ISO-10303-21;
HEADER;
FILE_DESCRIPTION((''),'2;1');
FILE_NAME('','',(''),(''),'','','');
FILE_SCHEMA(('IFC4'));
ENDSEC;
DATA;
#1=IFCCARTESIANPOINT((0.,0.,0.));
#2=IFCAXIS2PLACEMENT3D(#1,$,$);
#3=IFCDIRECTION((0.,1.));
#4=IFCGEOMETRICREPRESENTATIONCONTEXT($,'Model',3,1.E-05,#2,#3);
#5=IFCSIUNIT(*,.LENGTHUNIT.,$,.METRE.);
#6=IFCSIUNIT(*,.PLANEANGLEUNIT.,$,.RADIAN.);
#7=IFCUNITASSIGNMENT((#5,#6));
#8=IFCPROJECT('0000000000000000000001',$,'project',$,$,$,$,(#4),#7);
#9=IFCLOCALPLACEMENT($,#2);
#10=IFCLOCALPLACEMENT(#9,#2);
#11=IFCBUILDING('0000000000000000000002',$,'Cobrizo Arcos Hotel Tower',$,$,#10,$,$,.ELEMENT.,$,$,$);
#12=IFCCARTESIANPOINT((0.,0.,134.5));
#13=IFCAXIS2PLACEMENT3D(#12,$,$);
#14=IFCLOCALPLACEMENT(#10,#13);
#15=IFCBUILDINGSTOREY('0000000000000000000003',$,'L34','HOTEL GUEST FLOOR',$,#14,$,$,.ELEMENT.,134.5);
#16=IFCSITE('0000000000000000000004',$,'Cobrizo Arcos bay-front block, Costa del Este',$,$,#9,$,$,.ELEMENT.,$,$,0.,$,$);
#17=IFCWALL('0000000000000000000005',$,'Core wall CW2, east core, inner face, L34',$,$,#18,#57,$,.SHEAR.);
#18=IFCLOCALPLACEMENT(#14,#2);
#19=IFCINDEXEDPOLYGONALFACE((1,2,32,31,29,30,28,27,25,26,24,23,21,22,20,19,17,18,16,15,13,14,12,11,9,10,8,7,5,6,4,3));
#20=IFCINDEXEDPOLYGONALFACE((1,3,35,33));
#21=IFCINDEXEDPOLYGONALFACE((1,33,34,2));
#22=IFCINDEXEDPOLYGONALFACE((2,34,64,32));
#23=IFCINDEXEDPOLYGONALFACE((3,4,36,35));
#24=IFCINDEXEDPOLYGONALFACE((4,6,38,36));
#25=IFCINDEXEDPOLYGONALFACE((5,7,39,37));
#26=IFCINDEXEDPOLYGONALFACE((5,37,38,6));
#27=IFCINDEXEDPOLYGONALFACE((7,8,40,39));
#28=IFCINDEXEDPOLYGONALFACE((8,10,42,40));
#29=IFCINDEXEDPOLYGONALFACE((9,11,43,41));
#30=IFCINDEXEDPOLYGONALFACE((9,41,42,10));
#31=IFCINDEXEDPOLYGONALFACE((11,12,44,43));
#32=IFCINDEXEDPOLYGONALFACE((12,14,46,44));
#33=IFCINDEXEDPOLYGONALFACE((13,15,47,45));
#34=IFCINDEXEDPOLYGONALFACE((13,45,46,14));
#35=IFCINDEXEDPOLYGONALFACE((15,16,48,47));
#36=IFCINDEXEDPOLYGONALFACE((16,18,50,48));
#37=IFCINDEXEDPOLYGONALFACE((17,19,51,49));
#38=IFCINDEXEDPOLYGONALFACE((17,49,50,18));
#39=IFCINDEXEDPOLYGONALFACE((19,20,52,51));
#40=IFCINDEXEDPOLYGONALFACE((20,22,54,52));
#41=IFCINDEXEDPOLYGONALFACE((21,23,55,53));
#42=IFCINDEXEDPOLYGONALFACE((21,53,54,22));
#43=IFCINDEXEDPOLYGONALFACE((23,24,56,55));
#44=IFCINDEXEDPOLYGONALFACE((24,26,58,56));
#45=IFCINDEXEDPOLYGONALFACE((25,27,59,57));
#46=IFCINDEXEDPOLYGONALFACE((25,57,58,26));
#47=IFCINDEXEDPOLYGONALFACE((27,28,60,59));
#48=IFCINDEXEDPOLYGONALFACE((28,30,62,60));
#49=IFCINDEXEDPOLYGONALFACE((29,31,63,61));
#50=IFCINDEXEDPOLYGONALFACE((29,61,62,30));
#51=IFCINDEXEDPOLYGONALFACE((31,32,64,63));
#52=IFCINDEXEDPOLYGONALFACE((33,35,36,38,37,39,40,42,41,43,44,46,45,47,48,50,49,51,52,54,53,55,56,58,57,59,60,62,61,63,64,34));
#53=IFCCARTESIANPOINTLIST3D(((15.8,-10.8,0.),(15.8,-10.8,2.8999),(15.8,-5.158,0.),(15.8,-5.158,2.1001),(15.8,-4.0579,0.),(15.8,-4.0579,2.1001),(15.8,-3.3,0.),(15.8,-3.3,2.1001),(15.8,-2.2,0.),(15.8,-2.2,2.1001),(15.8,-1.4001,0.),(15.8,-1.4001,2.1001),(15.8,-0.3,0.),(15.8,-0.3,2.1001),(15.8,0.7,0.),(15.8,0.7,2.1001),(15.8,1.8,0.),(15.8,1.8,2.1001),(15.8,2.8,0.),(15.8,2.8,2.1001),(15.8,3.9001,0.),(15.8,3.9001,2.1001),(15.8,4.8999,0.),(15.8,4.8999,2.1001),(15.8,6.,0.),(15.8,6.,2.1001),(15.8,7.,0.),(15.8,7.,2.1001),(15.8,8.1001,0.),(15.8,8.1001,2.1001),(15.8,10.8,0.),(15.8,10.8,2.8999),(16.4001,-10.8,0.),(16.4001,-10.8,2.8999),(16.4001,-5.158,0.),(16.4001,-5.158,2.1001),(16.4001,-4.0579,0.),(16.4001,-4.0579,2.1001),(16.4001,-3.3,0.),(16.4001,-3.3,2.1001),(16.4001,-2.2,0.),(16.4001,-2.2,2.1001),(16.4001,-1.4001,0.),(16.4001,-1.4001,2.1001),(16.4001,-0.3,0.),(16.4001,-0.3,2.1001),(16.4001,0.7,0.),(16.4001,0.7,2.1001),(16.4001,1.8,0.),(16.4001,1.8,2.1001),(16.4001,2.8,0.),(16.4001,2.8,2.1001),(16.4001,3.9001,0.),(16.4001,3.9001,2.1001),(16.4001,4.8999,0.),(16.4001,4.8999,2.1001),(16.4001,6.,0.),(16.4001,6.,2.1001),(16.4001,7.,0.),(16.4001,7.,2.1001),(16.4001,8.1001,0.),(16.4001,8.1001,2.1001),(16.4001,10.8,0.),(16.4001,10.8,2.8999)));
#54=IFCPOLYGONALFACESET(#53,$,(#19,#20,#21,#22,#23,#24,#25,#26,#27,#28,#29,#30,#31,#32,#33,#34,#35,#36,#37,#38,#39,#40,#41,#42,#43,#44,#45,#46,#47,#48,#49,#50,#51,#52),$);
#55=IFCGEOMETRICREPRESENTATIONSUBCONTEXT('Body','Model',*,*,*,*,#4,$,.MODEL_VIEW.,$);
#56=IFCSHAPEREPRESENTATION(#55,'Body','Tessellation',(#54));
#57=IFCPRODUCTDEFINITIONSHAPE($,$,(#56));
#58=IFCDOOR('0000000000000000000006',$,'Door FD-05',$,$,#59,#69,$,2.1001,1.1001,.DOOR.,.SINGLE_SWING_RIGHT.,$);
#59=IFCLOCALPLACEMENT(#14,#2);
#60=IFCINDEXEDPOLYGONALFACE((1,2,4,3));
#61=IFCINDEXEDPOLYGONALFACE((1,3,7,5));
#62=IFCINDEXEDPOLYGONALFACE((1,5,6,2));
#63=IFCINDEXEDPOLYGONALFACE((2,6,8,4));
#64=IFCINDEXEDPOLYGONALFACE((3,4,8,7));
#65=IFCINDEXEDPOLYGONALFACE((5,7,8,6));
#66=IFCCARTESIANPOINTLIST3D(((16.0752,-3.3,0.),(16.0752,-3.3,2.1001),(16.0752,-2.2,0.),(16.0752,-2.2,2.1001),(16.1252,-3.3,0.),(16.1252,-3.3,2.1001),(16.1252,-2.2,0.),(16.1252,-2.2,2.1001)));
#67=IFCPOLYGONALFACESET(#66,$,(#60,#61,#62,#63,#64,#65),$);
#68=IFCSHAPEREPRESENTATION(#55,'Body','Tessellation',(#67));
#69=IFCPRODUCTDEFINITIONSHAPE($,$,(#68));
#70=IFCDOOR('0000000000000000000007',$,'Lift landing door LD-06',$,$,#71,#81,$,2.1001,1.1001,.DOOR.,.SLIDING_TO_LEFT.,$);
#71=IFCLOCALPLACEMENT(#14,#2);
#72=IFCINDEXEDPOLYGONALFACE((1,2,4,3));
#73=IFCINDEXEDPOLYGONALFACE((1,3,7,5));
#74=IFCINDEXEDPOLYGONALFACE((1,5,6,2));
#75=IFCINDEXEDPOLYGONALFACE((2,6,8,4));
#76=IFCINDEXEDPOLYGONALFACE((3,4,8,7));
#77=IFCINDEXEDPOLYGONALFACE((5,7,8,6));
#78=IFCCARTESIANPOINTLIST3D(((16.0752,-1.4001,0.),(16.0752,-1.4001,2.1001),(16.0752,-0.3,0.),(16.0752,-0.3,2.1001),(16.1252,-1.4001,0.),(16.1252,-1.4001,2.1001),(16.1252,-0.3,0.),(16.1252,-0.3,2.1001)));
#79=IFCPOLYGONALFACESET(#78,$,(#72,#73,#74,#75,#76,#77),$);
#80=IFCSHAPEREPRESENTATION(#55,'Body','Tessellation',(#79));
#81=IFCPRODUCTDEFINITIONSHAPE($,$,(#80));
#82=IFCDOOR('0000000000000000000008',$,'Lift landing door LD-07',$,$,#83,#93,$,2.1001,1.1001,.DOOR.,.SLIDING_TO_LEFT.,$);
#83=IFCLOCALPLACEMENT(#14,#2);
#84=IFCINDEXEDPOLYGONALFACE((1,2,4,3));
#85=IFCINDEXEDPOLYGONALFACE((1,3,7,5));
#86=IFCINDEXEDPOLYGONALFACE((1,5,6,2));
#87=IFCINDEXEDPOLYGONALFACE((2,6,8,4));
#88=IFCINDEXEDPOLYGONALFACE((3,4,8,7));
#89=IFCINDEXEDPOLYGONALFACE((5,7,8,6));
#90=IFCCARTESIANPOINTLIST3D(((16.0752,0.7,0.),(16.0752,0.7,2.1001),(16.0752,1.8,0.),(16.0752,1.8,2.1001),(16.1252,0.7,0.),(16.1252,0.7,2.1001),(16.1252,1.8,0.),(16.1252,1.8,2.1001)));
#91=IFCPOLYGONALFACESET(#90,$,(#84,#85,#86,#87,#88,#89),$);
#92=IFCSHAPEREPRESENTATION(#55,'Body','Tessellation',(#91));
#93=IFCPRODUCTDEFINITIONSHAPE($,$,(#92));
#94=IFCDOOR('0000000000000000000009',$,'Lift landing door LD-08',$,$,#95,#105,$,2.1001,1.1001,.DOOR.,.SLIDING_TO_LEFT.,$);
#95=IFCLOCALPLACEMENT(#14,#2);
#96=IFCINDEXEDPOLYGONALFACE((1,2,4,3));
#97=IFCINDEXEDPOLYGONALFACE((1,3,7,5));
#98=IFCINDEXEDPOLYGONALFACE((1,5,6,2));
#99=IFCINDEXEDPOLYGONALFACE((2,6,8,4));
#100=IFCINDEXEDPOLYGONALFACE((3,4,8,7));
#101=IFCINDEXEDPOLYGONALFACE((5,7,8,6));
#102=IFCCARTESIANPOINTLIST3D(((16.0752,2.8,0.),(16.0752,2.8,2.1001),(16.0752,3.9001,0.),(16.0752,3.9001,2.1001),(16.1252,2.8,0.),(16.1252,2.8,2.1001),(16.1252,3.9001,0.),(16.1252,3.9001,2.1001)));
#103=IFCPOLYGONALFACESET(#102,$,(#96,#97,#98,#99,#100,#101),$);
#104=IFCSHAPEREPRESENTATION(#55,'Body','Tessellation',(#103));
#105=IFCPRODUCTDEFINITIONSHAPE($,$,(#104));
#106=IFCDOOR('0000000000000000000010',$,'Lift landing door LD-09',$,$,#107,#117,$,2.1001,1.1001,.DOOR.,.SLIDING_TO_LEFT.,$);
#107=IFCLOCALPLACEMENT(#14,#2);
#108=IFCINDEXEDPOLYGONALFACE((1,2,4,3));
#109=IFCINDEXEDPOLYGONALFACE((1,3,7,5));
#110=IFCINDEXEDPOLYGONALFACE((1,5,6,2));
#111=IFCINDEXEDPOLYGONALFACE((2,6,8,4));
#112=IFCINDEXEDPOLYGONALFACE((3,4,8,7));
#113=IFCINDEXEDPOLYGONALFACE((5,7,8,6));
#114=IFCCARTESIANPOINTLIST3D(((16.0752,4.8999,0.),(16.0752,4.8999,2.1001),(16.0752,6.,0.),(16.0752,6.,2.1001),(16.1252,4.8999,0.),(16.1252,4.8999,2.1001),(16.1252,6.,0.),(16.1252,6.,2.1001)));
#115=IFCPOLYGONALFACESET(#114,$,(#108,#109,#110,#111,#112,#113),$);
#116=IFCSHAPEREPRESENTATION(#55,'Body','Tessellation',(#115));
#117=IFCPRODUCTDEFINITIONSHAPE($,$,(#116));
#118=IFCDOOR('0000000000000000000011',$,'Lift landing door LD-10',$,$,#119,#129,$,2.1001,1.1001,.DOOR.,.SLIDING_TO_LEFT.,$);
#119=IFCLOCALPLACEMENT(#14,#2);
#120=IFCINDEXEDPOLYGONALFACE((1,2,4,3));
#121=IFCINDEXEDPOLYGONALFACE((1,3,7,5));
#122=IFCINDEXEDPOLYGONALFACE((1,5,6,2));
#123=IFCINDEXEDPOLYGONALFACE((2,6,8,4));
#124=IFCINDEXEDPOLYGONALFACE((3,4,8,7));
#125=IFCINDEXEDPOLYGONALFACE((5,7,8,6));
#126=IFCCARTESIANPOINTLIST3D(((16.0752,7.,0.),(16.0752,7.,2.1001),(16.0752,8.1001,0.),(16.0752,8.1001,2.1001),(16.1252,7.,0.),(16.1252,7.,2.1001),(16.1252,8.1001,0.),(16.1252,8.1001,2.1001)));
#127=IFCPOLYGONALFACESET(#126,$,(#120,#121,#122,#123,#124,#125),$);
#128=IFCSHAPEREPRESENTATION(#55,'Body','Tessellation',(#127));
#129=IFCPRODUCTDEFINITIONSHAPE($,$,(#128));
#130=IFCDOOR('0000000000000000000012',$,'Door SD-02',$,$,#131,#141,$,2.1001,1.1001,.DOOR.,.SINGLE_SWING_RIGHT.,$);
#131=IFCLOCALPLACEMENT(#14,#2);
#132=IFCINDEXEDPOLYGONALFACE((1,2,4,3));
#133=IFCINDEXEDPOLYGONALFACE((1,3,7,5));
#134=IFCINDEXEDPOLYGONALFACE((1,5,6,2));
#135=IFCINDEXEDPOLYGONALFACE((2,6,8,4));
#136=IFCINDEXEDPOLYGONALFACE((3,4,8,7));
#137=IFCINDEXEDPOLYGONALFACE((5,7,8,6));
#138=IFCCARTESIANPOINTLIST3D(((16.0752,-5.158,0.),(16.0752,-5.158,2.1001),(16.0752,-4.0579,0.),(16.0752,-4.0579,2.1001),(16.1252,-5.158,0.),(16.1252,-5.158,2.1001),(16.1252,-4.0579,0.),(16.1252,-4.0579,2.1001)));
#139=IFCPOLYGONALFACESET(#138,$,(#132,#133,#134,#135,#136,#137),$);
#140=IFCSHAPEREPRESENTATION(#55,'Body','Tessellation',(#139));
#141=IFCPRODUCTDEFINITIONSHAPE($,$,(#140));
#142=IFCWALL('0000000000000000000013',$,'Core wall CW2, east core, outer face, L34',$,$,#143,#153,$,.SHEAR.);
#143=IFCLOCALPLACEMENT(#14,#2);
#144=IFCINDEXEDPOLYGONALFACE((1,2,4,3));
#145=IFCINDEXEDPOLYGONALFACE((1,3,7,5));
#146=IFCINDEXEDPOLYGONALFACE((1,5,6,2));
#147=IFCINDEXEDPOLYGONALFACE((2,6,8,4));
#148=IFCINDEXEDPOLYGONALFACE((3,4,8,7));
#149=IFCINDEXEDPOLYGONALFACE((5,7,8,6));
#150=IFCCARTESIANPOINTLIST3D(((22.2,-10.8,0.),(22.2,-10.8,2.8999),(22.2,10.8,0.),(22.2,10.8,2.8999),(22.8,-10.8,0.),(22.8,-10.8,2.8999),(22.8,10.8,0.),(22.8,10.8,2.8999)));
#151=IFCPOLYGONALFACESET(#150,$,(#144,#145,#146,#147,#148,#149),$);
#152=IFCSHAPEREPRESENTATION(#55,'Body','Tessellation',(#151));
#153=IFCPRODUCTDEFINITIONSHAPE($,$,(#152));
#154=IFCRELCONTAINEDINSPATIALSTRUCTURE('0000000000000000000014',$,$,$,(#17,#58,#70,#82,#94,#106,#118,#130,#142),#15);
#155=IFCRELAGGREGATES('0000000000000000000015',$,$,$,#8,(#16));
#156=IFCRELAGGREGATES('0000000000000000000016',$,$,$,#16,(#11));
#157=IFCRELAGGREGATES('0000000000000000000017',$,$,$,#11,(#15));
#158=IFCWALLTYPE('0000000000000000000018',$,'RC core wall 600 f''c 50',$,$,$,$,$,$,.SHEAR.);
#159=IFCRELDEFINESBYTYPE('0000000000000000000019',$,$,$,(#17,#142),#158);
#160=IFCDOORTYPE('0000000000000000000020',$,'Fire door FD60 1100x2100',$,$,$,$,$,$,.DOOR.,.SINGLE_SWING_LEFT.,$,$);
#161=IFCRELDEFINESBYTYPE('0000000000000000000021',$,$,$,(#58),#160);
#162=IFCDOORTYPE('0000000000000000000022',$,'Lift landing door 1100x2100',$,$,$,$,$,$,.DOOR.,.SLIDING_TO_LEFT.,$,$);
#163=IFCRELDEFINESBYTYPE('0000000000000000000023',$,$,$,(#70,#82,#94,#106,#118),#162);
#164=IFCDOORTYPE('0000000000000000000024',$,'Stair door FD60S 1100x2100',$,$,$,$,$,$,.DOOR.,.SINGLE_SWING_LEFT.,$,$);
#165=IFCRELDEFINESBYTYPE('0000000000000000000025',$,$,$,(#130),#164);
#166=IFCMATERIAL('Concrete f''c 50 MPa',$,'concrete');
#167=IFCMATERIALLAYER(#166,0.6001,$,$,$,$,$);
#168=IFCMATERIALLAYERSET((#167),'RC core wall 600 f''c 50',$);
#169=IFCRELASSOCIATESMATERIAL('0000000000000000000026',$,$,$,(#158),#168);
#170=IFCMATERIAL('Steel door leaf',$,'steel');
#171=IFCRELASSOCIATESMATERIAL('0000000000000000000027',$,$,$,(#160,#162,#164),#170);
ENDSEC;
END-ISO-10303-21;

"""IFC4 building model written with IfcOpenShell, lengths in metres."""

from ifc_helpers import new_model, si_unit, direction, frame, frame_2d, origin, place, context, subcontext, project, spatial, rectangle, extrude, material, layer, layer_set, type_object, element, fill, save


model = new_model("IFC4")

# Units and contexts
model_context = context("Model", 3, precision=1e-05, world=origin(), true_north=direction((0.0, 1.0)))
body_context = subcontext(model_context, "Body", "Model", "MODEL_VIEW")
ifc_project = project(units=[si_unit("LENGTHUNIT", "METRE"), si_unit("PLANEANGLEUNIT", "RADIAN")], contexts=[model_context])

# Site, building, storey
site_placement = place(None, origin())
site = spatial("IfcSite", under=ifc_project, at=site_placement, Name="Cobrizo Arcos bay-front block, Costa del Este", CompositionType="ELEMENT", RefElevation=0.0)
building_placement = place(site_placement, origin())
building = spatial("IfcBuilding", under=site, at=building_placement, Name="Cobrizo Arcos Hotel Tower", CompositionType="ELEMENT")
storey_placement = place(building_placement, frame((0.0, 0.0, 134.5)))
storey = spatial("IfcBuildingStorey", under=building, at=storey_placement, Name="L34", Description="HOTEL GUEST FLOOR", CompositionType="ELEMENT", Elevation=134.5)

# Wall, openings, doors
ifc_material_1 = material(Name="Concrete f'c 50 MPa", Category="concrete")
ifc_layer_1 = layer(ifc_material_1, 0.6001)
ifc_layer_set_1 = layer_set([ifc_layer_1], Name="RC core wall 600 f'c 50")
wall_type_1 = type_object("IfcWallType", Name="RC core wall 600 f'c 50", PredefinedType="SHEAR", material=ifc_layer_set_1)
wall_1_placement = place(storey_placement, frame((16.1001, -10.8, 0.0), z_axis=(0.0, 0.0, 1.0), x_axis=(0.0, 1.0, 0.0)))
wall_1 = element("IfcWall", 1, at=wall_1_placement, inside=storey, type_object=wall_type_1, Name="Core wall CW2, east core, inner face, L34", PredefinedType="SHEAR", context=body_context, shape_type="SweptSolid", body=[
    extrude(rectangle(XDim=21.6001, YDim=0.6001, at=frame_2d((10.8, 0.0))), origin(), (0.0, 0.0, 1.0), 2.8999),
])
opening_1_placement = place(wall_1_placement, frame((9.3999, 0.0, 0.0)))
opening_1 = element("IfcOpeningElement", 2, at=opening_1_placement, cuts=wall_1, PredefinedType="OPENING", context=body_context, shape_type="SweptSolid", body=[
    extrude(rectangle(XDim=1.1001, YDim=2.1001, at=frame_2d((0.55, 1.05))), frame((0.0, 0.312, 0.0), z_axis=(0.0, -1.0, 0.0), x_axis=(1.0, 0.0, 0.0)), (0.0, 0.0, 1.0), 0.624),
])
opening_2_placement = place(wall_1_placement, frame((11.5, 0.0, 0.0)))
opening_2 = element("IfcOpeningElement", 3, at=opening_2_placement, cuts=wall_1, PredefinedType="OPENING", context=body_context, shape_type="SweptSolid", body=[
    extrude(rectangle(XDim=1.1001, YDim=2.1001, at=frame_2d((0.55, 1.05))), frame((0.0, 0.312, 0.0), z_axis=(0.0, -1.0, 0.0), x_axis=(1.0, 0.0, 0.0)), (0.0, 0.0, 1.0), 0.624),
])
opening_3_placement = place(wall_1_placement, frame((13.6001, 0.0, 0.0)))
opening_3 = element("IfcOpeningElement", 4, at=opening_3_placement, cuts=wall_1, PredefinedType="OPENING", context=body_context, shape_type="SweptSolid", body=[
    extrude(rectangle(XDim=1.1001, YDim=2.1001, at=frame_2d((0.55, 1.05))), frame((0.0, 0.312, 0.0), z_axis=(0.0, -1.0, 0.0), x_axis=(1.0, 0.0, 0.0)), (0.0, 0.0, 1.0), 0.624),
])
opening_4_placement = place(wall_1_placement, frame((15.7, 0.0, 0.0)))
opening_4 = element("IfcOpeningElement", 5, at=opening_4_placement, cuts=wall_1, PredefinedType="OPENING", context=body_context, shape_type="SweptSolid", body=[
    extrude(rectangle(XDim=1.1001, YDim=2.1001, at=frame_2d((0.55, 1.05))), frame((0.0, 0.312, 0.0), z_axis=(0.0, -1.0, 0.0), x_axis=(1.0, 0.0, 0.0)), (0.0, 0.0, 1.0), 0.624),
])
opening_5_placement = place(wall_1_placement, frame((17.8, 0.0, 0.0)))
opening_5 = element("IfcOpeningElement", 6, at=opening_5_placement, cuts=wall_1, PredefinedType="OPENING", context=body_context, shape_type="SweptSolid", body=[
    extrude(rectangle(XDim=1.1001, YDim=2.1001, at=frame_2d((0.55, 1.05))), frame((0.0, 0.312, 0.0), z_axis=(0.0, -1.0, 0.0), x_axis=(1.0, 0.0, 0.0)), (0.0, 0.0, 1.0), 0.624),
])
opening_6_placement = place(wall_1_placement, frame((5.6421, 0.0, 0.0)))
opening_6 = element("IfcOpeningElement", 7, at=opening_6_placement, cuts=wall_1, PredefinedType="OPENING", context=body_context, shape_type="SweptSolid", body=[
    extrude(rectangle(XDim=1.1001, YDim=2.1001, at=frame_2d((0.55, 1.05))), frame((0.0, 0.312, 0.0), z_axis=(0.0, -1.0, 0.0), x_axis=(1.0, 0.0, 0.0)), (0.0, 0.0, 1.0), 0.624),
])
opening_7_placement = place(wall_1_placement, frame((7.5, 0.0, 0.0)))
opening_7 = element("IfcOpeningElement", 8, at=opening_7_placement, cuts=wall_1, PredefinedType="OPENING", context=body_context, shape_type="SweptSolid", body=[
    extrude(rectangle(XDim=1.1001, YDim=2.1001, at=frame_2d((0.55, 1.05))), frame((0.0, 0.312, 0.0), z_axis=(0.0, -1.0, 0.0), x_axis=(1.0, 0.0, 0.0)), (0.0, 0.0, 1.0), 0.624),
])
ifc_material_2 = material(Name="Steel door leaf", Category="steel")
door_type_1 = type_object("IfcDoorType", Name="Fire door FD60 1100x2100", OperationType="SINGLE_SWING_LEFT", PredefinedType="DOOR", material=ifc_material_2)
door_1_placement = place(opening_7_placement, origin())
door_1 = element("IfcDoor", 9, at=door_1_placement, inside=storey, type_object=door_type_1, Name="Door FD-05", OperationType="SINGLE_SWING_RIGHT", OverallHeight=2.1001, OverallWidth=1.1001, PredefinedType="DOOR", context=body_context, shape_type="SweptSolid", body=[
    extrude(rectangle(XDim=1.1001, YDim=2.1001, at=frame_2d((0.55, 1.05))), frame((0.0, 0.0249, 0.0), z_axis=(0.0, -1.0, 0.0), x_axis=(1.0, 0.0, 0.0)), (0.0, 0.0, 1.0), 0.05),
])
fill(opening_7, door_1)
door_type_2 = type_object("IfcDoorType", Name="Lift landing door 1100x2100", OperationType="SLIDING_TO_LEFT", PredefinedType="DOOR", material=ifc_material_2)
door_2_placement = place(opening_1_placement, origin())
door_2 = element("IfcDoor", 10, at=door_2_placement, inside=storey, type_object=door_type_2, Name="Lift landing door LD-06", OperationType="SLIDING_TO_LEFT", OverallHeight=2.1001, OverallWidth=1.1001, PredefinedType="DOOR", context=body_context, shape_type="SweptSolid", body=[
    extrude(rectangle(XDim=1.1001, YDim=2.1001, at=frame_2d((0.55, 1.05))), frame((0.0, 0.0249, 0.0), z_axis=(0.0, -1.0, 0.0), x_axis=(1.0, 0.0, 0.0)), (0.0, 0.0, 1.0), 0.05),
])
fill(opening_1, door_2)
door_3_placement = place(opening_2_placement, origin())
door_3 = element("IfcDoor", 11, at=door_3_placement, inside=storey, type_object=door_type_2, Name="Lift landing door LD-07", OperationType="SLIDING_TO_LEFT", OverallHeight=2.1001, OverallWidth=1.1001, PredefinedType="DOOR", context=body_context, shape_type="SweptSolid", body=[
    extrude(rectangle(XDim=1.1001, YDim=2.1001, at=frame_2d((0.55, 1.05))), frame((0.0, 0.0249, 0.0), z_axis=(0.0, -1.0, 0.0), x_axis=(1.0, 0.0, 0.0)), (0.0, 0.0, 1.0), 0.05),
])
fill(opening_2, door_3)
door_4_placement = place(opening_3_placement, origin())
door_4 = element("IfcDoor", 12, at=door_4_placement, inside=storey, type_object=door_type_2, Name="Lift landing door LD-08", OperationType="SLIDING_TO_LEFT", OverallHeight=2.1001, OverallWidth=1.1001, PredefinedType="DOOR", context=body_context, shape_type="SweptSolid", body=[
    extrude(rectangle(XDim=1.1001, YDim=2.1001, at=frame_2d((0.55, 1.05))), frame((0.0, 0.0249, 0.0), z_axis=(0.0, -1.0, 0.0), x_axis=(1.0, 0.0, 0.0)), (0.0, 0.0, 1.0), 0.05),
])
fill(opening_3, door_4)
door_5_placement = place(opening_4_placement, origin())
door_5 = element("IfcDoor", 13, at=door_5_placement, inside=storey, type_object=door_type_2, Name="Lift landing door LD-09", OperationType="SLIDING_TO_LEFT", OverallHeight=2.1001, OverallWidth=1.1001, PredefinedType="DOOR", context=body_context, shape_type="SweptSolid", body=[
    extrude(rectangle(XDim=1.1001, YDim=2.1001, at=frame_2d((0.55, 1.05))), frame((0.0, 0.0249, 0.0), z_axis=(0.0, -1.0, 0.0), x_axis=(1.0, 0.0, 0.0)), (0.0, 0.0, 1.0), 0.05),
])
fill(opening_4, door_5)
door_6_placement = place(opening_5_placement, origin())
door_6 = element("IfcDoor", 14, at=door_6_placement, inside=storey, type_object=door_type_2, Name="Lift landing door LD-10", OperationType="SLIDING_TO_LEFT", OverallHeight=2.1001, OverallWidth=1.1001, PredefinedType="DOOR", context=body_context, shape_type="SweptSolid", body=[
    extrude(rectangle(XDim=1.1001, YDim=2.1001, at=frame_2d((0.55, 1.05))), frame((0.0, 0.0249, 0.0), z_axis=(0.0, -1.0, 0.0), x_axis=(1.0, 0.0, 0.0)), (0.0, 0.0, 1.0), 0.05),
])
fill(opening_5, door_6)
door_type_3 = type_object("IfcDoorType", Name="Stair door FD60S 1100x2100", OperationType="SINGLE_SWING_LEFT", PredefinedType="DOOR", material=ifc_material_2)
door_7_placement = place(opening_6_placement, origin())
door_7 = element("IfcDoor", 15, at=door_7_placement, inside=storey, type_object=door_type_3, Name="Door SD-02", OperationType="SINGLE_SWING_RIGHT", OverallHeight=2.1001, OverallWidth=1.1001, PredefinedType="DOOR", context=body_context, shape_type="SweptSolid", body=[
    extrude(rectangle(XDim=1.1001, YDim=2.1001, at=frame_2d((0.55, 1.05))), frame((0.0, 0.0249, 0.0), z_axis=(0.0, -1.0, 0.0), x_axis=(1.0, 0.0, 0.0)), (0.0, 0.0, 1.0), 0.05),
])
fill(opening_6, door_7)

# Wall
wall_2_placement = place(storey_placement, frame((22.5, -10.8, 0.0), z_axis=(0.0, 0.0, 1.0), x_axis=(0.0, 1.0, 0.0)))
element("IfcWall", 16, at=wall_2_placement, inside=storey, type_object=wall_type_1, Name="Core wall CW2, east core, outer face, L34", PredefinedType="SHEAR", context=body_context, shape_type="SweptSolid", body=[
    extrude(rectangle(XDim=21.6001, YDim=0.6001, at=frame_2d((10.8, 0.0))), origin(), (0.0, 0.0, 1.0), 2.8999),
])

save(model, "model.ifc")
